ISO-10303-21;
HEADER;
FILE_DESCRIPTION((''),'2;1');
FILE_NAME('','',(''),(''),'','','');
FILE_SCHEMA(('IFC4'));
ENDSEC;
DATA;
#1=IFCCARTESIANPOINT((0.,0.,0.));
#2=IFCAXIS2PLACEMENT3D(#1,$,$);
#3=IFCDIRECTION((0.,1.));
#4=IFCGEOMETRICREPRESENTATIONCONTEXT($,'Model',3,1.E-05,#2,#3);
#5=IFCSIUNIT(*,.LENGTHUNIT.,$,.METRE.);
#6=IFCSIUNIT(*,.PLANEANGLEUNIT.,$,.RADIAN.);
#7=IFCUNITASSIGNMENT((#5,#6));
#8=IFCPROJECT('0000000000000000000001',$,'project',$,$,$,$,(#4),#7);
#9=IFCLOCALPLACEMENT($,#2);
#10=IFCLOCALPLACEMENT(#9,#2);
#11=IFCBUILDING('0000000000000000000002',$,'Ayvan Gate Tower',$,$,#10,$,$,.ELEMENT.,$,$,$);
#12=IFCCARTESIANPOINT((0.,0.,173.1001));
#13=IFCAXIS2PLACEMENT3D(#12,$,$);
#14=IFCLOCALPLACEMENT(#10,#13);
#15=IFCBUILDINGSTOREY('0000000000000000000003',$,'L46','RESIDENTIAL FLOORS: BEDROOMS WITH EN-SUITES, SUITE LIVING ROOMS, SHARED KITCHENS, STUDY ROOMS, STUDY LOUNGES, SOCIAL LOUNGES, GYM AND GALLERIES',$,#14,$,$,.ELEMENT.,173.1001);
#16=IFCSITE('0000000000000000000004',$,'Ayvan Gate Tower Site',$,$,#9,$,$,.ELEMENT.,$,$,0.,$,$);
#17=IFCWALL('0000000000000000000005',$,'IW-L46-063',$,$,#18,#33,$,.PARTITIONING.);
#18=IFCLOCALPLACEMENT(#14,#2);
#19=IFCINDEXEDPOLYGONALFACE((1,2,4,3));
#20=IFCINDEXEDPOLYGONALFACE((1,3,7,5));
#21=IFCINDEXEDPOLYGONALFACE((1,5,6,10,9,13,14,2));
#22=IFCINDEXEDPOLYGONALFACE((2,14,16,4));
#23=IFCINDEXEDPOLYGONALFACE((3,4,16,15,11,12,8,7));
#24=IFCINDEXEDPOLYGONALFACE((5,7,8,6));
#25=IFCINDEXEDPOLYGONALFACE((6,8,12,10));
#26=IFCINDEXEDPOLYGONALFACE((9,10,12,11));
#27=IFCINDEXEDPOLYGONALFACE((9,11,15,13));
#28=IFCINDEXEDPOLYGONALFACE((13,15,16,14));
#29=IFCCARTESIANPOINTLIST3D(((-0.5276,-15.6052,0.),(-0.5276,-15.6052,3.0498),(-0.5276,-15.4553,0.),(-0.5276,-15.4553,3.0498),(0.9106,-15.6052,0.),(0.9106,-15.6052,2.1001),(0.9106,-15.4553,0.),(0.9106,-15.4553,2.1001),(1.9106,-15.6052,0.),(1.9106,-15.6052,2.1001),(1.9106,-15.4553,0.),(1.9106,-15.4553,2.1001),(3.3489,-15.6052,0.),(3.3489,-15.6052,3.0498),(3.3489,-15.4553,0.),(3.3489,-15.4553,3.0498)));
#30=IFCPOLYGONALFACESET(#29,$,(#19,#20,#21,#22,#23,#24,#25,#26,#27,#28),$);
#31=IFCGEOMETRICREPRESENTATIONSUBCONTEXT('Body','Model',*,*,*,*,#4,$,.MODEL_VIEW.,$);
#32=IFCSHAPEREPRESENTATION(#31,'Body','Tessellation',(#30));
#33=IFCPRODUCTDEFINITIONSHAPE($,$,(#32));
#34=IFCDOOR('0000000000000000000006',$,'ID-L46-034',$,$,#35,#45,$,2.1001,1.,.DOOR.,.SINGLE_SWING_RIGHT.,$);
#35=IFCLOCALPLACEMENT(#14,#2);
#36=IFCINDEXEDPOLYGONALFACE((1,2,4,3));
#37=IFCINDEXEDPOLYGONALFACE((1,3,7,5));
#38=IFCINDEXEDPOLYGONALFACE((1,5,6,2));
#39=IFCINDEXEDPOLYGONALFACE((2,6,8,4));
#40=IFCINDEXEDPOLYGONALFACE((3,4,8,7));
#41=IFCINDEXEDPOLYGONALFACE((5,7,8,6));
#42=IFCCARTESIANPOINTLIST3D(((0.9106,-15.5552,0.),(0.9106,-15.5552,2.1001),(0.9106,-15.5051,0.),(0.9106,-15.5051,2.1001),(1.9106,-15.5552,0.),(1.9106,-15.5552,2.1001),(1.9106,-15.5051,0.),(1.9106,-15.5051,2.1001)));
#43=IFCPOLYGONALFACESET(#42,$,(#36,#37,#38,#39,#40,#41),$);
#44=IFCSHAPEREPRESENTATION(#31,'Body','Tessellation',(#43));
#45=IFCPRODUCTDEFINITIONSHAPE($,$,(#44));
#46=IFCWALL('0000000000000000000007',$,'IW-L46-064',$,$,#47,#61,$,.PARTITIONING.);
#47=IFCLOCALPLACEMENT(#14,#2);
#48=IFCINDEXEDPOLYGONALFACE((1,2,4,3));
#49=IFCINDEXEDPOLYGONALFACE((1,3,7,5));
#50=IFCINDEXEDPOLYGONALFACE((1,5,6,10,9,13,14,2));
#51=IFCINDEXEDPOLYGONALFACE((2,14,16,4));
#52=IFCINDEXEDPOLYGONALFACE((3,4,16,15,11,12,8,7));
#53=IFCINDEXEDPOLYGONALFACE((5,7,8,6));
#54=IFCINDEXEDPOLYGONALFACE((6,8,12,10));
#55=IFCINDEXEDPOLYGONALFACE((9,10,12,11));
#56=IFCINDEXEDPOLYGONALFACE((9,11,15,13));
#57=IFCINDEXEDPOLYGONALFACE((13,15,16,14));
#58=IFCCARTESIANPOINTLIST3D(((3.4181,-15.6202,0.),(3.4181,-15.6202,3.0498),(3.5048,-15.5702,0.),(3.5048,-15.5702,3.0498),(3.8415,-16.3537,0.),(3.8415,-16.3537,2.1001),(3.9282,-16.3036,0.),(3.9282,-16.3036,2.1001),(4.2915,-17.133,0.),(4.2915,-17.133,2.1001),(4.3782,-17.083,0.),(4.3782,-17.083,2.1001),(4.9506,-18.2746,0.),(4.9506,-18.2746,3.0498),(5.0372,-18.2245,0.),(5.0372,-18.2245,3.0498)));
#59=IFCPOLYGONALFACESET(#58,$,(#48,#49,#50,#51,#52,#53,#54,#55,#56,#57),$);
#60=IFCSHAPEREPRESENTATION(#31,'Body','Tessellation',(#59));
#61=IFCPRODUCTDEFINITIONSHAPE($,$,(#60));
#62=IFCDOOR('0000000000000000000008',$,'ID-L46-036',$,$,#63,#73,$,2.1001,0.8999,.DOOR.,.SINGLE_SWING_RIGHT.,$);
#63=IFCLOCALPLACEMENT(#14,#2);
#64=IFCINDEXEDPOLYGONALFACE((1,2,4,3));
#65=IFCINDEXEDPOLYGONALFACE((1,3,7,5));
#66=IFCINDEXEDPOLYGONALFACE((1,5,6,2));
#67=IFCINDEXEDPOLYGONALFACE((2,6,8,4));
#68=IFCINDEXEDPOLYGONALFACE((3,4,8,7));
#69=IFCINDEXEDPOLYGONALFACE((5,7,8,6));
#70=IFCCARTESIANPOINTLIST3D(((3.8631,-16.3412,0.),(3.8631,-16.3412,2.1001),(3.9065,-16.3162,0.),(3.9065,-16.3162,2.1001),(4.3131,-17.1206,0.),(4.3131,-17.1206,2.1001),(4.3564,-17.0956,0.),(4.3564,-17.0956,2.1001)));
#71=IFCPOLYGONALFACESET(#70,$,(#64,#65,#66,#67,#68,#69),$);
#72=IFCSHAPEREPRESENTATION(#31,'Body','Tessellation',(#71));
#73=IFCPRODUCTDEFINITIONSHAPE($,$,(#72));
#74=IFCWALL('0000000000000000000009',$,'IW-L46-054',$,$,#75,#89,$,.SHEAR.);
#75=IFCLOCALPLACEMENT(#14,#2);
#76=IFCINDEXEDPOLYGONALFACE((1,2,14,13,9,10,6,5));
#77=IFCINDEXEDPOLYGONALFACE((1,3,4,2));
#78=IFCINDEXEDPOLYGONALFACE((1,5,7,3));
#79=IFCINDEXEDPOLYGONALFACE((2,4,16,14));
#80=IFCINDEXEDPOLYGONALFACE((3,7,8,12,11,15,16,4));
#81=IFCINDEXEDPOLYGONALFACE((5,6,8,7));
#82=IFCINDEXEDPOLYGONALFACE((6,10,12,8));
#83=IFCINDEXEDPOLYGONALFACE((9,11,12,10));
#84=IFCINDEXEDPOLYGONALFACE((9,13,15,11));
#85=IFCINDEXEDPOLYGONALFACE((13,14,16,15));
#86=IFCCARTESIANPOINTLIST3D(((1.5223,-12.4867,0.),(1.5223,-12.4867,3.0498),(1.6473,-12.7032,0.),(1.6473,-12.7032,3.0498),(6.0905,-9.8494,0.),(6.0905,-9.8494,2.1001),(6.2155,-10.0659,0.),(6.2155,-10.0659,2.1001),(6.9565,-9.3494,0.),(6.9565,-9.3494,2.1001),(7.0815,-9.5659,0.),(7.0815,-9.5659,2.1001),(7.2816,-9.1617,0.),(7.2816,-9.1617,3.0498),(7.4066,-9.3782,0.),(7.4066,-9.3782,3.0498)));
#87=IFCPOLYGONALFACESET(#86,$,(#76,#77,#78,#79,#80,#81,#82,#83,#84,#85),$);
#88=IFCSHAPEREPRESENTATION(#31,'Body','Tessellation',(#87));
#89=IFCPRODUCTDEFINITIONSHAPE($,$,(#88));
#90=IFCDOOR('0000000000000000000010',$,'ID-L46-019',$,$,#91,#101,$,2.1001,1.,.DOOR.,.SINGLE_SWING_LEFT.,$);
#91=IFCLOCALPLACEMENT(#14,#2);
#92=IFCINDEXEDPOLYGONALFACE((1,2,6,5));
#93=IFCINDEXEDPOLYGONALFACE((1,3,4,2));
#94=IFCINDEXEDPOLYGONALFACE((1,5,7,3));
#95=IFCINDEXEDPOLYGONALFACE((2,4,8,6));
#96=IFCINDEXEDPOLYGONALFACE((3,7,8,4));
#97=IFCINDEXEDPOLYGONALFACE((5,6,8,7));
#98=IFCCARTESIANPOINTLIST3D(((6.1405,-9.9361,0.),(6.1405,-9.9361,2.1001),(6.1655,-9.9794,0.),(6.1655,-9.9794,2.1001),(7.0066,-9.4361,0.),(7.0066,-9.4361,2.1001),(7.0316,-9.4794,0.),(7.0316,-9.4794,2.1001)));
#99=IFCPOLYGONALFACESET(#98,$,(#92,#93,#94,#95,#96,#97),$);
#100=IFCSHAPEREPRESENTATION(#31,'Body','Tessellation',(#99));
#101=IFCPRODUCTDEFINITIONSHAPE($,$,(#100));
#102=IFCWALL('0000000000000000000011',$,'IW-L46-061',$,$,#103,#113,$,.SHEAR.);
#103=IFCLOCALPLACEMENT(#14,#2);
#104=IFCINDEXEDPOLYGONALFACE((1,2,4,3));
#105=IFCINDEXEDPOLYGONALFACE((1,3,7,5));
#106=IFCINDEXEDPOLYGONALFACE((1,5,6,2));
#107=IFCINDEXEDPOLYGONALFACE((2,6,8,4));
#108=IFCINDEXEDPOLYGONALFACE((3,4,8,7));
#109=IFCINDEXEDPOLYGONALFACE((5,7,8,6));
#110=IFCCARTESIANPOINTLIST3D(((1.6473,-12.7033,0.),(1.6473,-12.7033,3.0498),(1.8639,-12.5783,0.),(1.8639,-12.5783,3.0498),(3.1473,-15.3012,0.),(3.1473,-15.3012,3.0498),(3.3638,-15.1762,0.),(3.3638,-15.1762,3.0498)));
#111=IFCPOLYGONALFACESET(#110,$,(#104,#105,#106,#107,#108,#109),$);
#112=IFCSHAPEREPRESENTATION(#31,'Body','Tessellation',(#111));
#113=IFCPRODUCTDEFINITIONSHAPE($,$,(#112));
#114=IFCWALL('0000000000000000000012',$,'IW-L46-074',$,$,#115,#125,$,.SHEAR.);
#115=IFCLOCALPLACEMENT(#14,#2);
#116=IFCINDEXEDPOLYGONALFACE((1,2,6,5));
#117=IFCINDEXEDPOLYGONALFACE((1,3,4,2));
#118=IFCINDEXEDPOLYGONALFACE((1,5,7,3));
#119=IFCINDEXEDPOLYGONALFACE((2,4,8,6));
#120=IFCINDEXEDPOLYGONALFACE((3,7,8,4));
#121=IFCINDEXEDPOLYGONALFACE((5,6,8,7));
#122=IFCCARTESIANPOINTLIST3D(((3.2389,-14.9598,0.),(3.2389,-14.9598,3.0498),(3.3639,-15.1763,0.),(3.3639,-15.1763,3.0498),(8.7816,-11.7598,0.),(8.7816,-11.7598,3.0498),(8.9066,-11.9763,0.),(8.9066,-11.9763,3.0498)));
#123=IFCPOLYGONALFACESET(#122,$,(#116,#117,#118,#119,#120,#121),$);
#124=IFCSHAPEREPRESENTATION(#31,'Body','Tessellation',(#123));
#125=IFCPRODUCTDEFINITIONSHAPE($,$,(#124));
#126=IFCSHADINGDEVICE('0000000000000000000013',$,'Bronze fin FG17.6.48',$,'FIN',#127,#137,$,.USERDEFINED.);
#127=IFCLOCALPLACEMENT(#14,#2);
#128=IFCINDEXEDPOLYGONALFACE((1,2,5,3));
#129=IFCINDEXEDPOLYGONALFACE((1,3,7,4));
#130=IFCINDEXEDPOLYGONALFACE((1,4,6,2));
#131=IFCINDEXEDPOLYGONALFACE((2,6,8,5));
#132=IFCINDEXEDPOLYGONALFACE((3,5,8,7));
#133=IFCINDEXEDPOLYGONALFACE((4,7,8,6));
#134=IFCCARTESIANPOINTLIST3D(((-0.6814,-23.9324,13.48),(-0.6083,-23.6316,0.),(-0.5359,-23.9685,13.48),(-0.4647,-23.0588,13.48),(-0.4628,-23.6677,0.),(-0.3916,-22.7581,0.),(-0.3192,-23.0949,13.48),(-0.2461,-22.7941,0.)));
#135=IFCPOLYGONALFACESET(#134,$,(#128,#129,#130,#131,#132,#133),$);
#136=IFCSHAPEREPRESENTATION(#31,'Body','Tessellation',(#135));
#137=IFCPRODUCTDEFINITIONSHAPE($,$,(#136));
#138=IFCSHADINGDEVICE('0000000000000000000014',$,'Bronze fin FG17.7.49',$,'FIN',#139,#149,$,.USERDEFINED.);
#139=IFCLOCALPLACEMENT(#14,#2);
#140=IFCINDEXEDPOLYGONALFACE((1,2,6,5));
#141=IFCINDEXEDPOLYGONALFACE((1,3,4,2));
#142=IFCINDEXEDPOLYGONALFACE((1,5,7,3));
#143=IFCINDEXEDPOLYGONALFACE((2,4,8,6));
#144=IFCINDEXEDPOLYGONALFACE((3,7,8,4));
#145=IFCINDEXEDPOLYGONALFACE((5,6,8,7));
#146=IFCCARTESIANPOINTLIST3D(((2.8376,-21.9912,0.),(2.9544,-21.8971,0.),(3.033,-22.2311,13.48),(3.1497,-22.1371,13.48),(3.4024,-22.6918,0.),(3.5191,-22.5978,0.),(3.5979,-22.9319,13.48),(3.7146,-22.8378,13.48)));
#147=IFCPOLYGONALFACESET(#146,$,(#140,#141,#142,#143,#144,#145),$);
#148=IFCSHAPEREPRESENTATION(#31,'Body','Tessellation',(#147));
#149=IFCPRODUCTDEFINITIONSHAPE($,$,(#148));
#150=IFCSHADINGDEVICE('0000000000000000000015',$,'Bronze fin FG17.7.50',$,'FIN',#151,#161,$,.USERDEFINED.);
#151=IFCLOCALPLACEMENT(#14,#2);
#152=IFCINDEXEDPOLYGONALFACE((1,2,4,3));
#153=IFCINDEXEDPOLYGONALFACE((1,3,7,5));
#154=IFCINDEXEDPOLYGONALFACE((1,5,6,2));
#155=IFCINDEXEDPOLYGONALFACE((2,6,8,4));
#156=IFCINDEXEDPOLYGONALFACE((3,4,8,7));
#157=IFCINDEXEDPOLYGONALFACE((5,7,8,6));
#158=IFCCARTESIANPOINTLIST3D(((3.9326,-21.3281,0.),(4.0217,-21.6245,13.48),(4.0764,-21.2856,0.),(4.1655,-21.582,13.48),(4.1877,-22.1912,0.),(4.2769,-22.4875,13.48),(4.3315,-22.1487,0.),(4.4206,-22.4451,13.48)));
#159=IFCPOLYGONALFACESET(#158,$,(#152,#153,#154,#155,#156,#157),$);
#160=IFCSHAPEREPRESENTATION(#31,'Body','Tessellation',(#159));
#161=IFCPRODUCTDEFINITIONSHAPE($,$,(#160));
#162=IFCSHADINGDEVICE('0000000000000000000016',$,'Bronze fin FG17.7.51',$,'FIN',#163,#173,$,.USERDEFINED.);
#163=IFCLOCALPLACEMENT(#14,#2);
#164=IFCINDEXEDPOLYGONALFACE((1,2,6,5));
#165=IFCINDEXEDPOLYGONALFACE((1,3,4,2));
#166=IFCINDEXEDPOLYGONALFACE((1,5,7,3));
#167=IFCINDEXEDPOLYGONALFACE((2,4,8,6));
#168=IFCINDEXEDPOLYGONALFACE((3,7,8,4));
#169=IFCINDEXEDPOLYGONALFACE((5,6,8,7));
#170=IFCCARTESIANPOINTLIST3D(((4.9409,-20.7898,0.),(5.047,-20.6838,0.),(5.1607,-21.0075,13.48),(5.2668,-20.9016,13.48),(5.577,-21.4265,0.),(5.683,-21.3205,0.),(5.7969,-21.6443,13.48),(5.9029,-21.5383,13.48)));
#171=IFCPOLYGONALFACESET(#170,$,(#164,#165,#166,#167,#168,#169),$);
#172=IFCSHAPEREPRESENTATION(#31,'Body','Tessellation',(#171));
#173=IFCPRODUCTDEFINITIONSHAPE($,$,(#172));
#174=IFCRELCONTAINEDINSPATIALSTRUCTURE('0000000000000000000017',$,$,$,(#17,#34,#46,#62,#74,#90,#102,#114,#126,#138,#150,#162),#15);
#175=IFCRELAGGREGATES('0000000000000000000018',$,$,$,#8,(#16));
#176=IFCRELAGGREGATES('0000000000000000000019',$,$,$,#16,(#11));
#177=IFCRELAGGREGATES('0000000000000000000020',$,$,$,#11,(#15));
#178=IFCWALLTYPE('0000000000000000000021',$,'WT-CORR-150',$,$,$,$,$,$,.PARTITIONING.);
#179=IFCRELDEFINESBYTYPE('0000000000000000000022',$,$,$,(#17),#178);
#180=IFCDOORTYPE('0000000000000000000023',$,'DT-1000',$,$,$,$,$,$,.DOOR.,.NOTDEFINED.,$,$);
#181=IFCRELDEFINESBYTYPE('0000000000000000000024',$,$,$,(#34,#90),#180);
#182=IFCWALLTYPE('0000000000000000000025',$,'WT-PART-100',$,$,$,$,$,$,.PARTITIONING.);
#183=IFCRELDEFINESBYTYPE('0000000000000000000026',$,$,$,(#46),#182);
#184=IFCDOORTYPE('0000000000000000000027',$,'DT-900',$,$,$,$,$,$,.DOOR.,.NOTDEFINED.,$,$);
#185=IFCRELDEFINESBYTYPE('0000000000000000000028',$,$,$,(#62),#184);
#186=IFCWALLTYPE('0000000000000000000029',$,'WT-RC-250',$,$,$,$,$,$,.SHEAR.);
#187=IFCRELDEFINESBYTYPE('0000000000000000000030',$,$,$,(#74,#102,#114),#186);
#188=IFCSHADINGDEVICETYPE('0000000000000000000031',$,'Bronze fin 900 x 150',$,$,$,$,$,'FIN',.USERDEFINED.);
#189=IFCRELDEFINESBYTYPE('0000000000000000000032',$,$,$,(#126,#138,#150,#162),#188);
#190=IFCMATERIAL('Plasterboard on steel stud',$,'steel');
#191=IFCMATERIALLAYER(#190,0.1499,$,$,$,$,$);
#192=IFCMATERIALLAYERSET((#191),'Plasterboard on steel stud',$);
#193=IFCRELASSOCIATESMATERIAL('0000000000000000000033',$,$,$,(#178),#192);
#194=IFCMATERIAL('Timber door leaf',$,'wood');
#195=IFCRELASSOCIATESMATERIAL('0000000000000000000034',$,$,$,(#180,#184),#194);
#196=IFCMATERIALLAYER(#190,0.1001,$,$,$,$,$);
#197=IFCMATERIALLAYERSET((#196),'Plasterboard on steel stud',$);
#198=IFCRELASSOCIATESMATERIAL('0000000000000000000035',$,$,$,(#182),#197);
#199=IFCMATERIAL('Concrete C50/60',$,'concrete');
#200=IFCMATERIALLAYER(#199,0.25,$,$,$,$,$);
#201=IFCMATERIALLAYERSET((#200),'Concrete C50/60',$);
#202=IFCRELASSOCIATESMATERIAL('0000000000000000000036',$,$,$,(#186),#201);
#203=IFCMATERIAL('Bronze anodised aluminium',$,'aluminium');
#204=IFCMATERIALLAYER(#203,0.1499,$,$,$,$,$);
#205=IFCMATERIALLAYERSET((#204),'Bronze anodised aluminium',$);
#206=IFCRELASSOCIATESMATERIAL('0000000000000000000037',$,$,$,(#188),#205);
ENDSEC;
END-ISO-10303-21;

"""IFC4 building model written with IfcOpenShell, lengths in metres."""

from ifc_helpers import new_model, si_unit, direction, frame, frame_2d, origin, place, context, subcontext, project, spatial, polyline, rectangle, outline, extrude, material, layer, layer_set, type_object, element, fill, save


model = new_model("IFC4")

# Units and contexts
model_context = context("Model", 3, precision=1e-05, world=origin(), true_north=direction((0.0, 1.0)))
body_context = subcontext(model_context, "Body", "Model", "MODEL_VIEW")
ifc_project = project(units=[si_unit("LENGTHUNIT", "METRE"), si_unit("PLANEANGLEUNIT", "RADIAN")], contexts=[model_context])

# Site, building, storey
site_placement = place(None, origin())
site = spatial("IfcSite", under=ifc_project, at=site_placement, Name="Ayvan Gate Tower Site", CompositionType="ELEMENT", RefElevation=0.0)
building_placement = place(site_placement, origin())
building = spatial("IfcBuilding", under=site, at=building_placement, Name="Ayvan Gate Tower", CompositionType="ELEMENT")
storey_placement = place(building_placement, frame((0.0, 0.0, 173.1001)))
storey = spatial("IfcBuildingStorey", under=building, at=storey_placement, Name="L46", Description="RESIDENTIAL FLOORS: BEDROOMS WITH EN-SUITES, SUITE LIVING ROOMS, SHARED KITCHENS, STUDY ROOMS, STUDY LOUNGES, SOCIAL LOUNGES, GYM AND GALLERIES", CompositionType="ELEMENT", Elevation=173.1001)

# Shared definitions
ifc_material_1 = material(Name="Bronze anodised aluminium", Category="aluminium")

# Shared definitions
ifc_material_2 = material(Name="Plasterboard on steel stud", Category="steel")
ifc_layer_1 = layer(ifc_material_2, 0.1499)
ifc_layer_set_1 = layer_set([ifc_layer_1], Name="Plasterboard on steel stud")
wall_type_1 = type_object("IfcWallType", Name="WT-CORR-150", PredefinedType="PARTITIONING", material=ifc_layer_set_1)

# Walls, openings, doors
wall_1_placement = place(storey_placement, frame((3.3489, -15.5303, 0.0), z_axis=(0.0, 0.0, 1.0), x_axis=(-1.0, 0.0, 0.0)))
wall_1 = element("IfcWall", 1, at=wall_1_placement, inside=storey, type_object=wall_type_1, Name="IW-L46-063", PredefinedType="PARTITIONING", context=body_context, shape_type="SweptSolid", body=[
    extrude(rectangle(XDim=3.8765, YDim=0.1499, at=frame_2d((1.9382, 0.0))), origin(), (0.0, 0.0, 1.0), 3.0498),
])
opening_1_placement = place(wall_1_placement, frame((1.4382, 0.0, 0.0)))
opening_1 = element("IfcOpeningElement", 2, at=opening_1_placement, cuts=wall_1, PredefinedType="OPENING", context=body_context, shape_type="SweptSolid", body=[
    extrude(rectangle(XDim=1.0, YDim=2.1001, at=frame_2d((0.5, 1.05))), frame((0.0, 0.085, 0.0), z_axis=(0.0, -1.0, 0.0), x_axis=(1.0, 0.0, 0.0)), (0.0, 0.0, 1.0), 0.1699),
])
ifc_material_3 = material(Name="Timber door leaf", Category="wood")
door_type_1 = type_object("IfcDoorType", Name="DT-1000", OperationType="NOTDEFINED", PredefinedType="DOOR", material=ifc_material_3)
door_1_placement = place(opening_1_placement, origin())
door_1 = element("IfcDoor", 3, at=door_1_placement, inside=storey, type_object=door_type_1, Name="ID-L46-034", OperationType="SINGLE_SWING_RIGHT", OverallHeight=2.1001, OverallWidth=1.0, PredefinedType="DOOR", context=body_context, shape_type="SweptSolid", body=[
    extrude(rectangle(XDim=1.0, YDim=2.1001, at=frame_2d((0.5, 1.05))), frame((0.0, 0.0249, 0.0), z_axis=(0.0, -1.0, 0.0), x_axis=(1.0, 0.0, 0.0)), (0.0, 0.0, 1.0), 0.05),
])
fill(opening_1, door_1)
ifc_layer_2 = layer(ifc_material_2, 0.1001)
ifc_layer_set_2 = layer_set([ifc_layer_2], Name="Plasterboard on steel stud")
wall_type_2 = type_object("IfcWallType", Name="WT-PART-100", PredefinedType="PARTITIONING", material=ifc_layer_set_2)
wall_2_placement = place(storey_placement, frame((3.4614, -15.5952, 0.0), z_axis=(0.0, 0.0, 1.0), x_axis=(0.500003, -0.866024, 0.0)))
wall_2 = element("IfcWall", 4, at=wall_2_placement, inside=storey, type_object=wall_type_2, Name="IW-L46-064", PredefinedType="PARTITIONING", context=body_context, shape_type="SweptSolid", body=[
    extrude(rectangle(XDim=3.0649, YDim=0.1001, at=frame_2d((1.5325, 0.0))), origin(), (0.0, 0.0, 1.0), 3.0498),
])
opening_2_placement = place(wall_2_placement, frame((0.8469, 0.0, 0.0)))
opening_2 = element("IfcOpeningElement", 5, at=opening_2_placement, cuts=wall_2, PredefinedType="OPENING", context=body_context, shape_type="SweptSolid", body=[
    extrude(rectangle(XDim=0.8999, YDim=2.1001, at=frame_2d((0.45, 1.05))), frame((0.0, 0.0601, 0.0), z_axis=(0.0, -1.0, 0.0), x_axis=(1.0, 0.0, 0.0)), (0.0, 0.0, 1.0), 0.1201),
])
door_type_2 = type_object("IfcDoorType", Name="DT-900", OperationType="NOTDEFINED", PredefinedType="DOOR", material=ifc_material_3)
door_2_placement = place(opening_2_placement, origin())
door_2 = element("IfcDoor", 6, at=door_2_placement, inside=storey, type_object=door_type_2, Name="ID-L46-036", OperationType="SINGLE_SWING_RIGHT", OverallHeight=2.1001, OverallWidth=0.8999, PredefinedType="DOOR", context=body_context, shape_type="SweptSolid", body=[
    extrude(rectangle(XDim=0.8999, YDim=2.1001, at=frame_2d((0.45, 1.05))), frame((0.0, 0.0249, 0.0), z_axis=(0.0, -1.0, 0.0), x_axis=(1.0, 0.0, 0.0)), (0.0, 0.0, 1.0), 0.05),
])
fill(opening_2, door_2)
ifc_material_4 = material(Name="Concrete C50/60", Category="concrete")
ifc_layer_3 = layer(ifc_material_4, 0.25)
ifc_layer_set_3 = layer_set([ifc_layer_3], Name="Concrete C50/60")
wall_type_3 = type_object("IfcWallType", Name="WT-RC-250", PredefinedType="SHEAR", material=ifc_layer_set_3)
wall_3_placement = place(storey_placement, frame((1.5847, -12.595, 0.0), z_axis=(0.0, 0.0, 1.0), x_axis=(0.866036, 0.499981, 0.0)))
wall_3 = element("IfcWall", 7, at=wall_3_placement, inside=storey, type_object=wall_type_3, Name="IW-L46-054", PredefinedType="SHEAR", context=body_context, shape_type="SweptSolid", body=[
    extrude(rectangle(XDim=6.6501, YDim=0.25, at=frame_2d((3.3252, 0.0))), origin(), (0.0, 0.0, 1.0), 3.0498),
])
opening_3_placement = place(wall_3_placement, frame((5.2749, 0.0, 0.0)))
opening_3 = element("IfcOpeningElement", 8, at=opening_3_placement, cuts=wall_3, PredefinedType="OPENING", context=body_context, shape_type="SweptSolid", body=[
    extrude(rectangle(XDim=1.0, YDim=2.1001, at=frame_2d((0.5, 1.05))), frame((0.0, 0.135, 0.0), z_axis=(0.0, -1.0, 0.0), x_axis=(1.0, 0.0, 0.0)), (0.0, 0.0, 1.0), 0.27),
])
door_3_placement = place(opening_3_placement, origin())
door_3 = element("IfcDoor", 9, at=door_3_placement, inside=storey, type_object=door_type_1, Name="ID-L46-019", OperationType="SINGLE_SWING_LEFT", OverallHeight=2.1001, OverallWidth=1.0, PredefinedType="DOOR", context=body_context, shape_type="SweptSolid", body=[
    extrude(rectangle(XDim=1.0, YDim=2.1001, at=frame_2d((0.5, 1.05))), frame((0.0, 0.0249, 0.0), z_axis=(0.0, -1.0, 0.0), x_axis=(1.0, 0.0, 0.0)), (0.0, 0.0, 1.0), 0.05),
])
fill(opening_3, door_3)

# Walls
wall_4_placement = place(storey_placement, frame((3.2556, -15.2388, 0.0), z_axis=(0.0, 0.0, 1.0), x_axis=(-0.500025, 0.866011, 0.0)))
element("IfcWall", 10, at=wall_4_placement, inside=storey, type_object=wall_type_3, Name="IW-L46-061", PredefinedType="SHEAR", context=body_context, shape_type="SweptSolid", body=[
    extrude(rectangle(XDim=2.9998, YDim=0.25, at=frame_2d((1.5, 0.0))), origin(), (0.0, 0.0, 1.0), 3.0498),
])
wall_5_placement = place(storey_placement, frame((3.3013, -15.0681, 0.0), z_axis=(0.0, 0.0, 1.0), x_axis=(0.866035, 0.499983, 0.0)))
element("IfcWall", 11, at=wall_5_placement, inside=storey, type_object=wall_type_3, Name="IW-L46-074", PredefinedType="SHEAR", context=body_context, shape_type="SweptSolid", body=[
    extrude(rectangle(XDim=6.4001, YDim=0.25, at=frame_2d((3.2002, 0.0))), origin(), (0.0, 0.0, 1.0), 3.0498),
])

# Shading devices
ifc_layer_4 = layer(ifc_material_1, 0.1499)
ifc_layer_set_4 = layer_set([ifc_layer_4], Name="Bronze anodised aluminium")
shading_device_type = type_object("IfcShadingDeviceType", Name="Bronze fin 900 x 150", ElementType="FIN", PredefinedType="USERDEFINED", material=ifc_layer_set_4)
shading_device_1_placement = place(storey_placement, frame((-0.3916, -22.7581, 0.0), z_axis=(-0.970588, 0.240748, 0.000107), x_axis=(-0.240748, -0.970588, 0.0)))
element("IfcShadingDevice", 12, at=shading_device_1_placement, inside=storey, type_object=shading_device_type, Name="Bronze fin FG17.6.48", ObjectType="FIN", PredefinedType="USERDEFINED", context=body_context, shape_type="SweptSolid", body=[
    extrude(outline(polyline([(0.0, 0.0), (0.9, 0.0), (1.2095, 13.48), (0.3095, 13.48), (0.0, 0.0)])), origin(), (0.0, 0.0, -1.0), 0.1499),
])
shading_device_2_placement = place(storey_placement, frame((2.8376, -21.9912, 0.0), z_axis=(-0.778548, -0.627585, 0.000114), x_axis=(0.627585, -0.778548, 0.0)))
element("IfcShadingDevice", 13, at=shading_device_2_placement, inside=storey, type_object=shading_device_type, Name="Bronze fin FG17.7.49", ObjectType="FIN", PredefinedType="USERDEFINED", context=body_context, shape_type="SweptSolid", body=[
    extrude(outline(polyline([(0.0, 0.0), (0.8999, 0.0), (1.2095, 13.48), (0.3094, 13.48), (0.0, 0.0)])), origin(), (0.0, 0.0, -1.0), 0.1499),
])
shading_device_3_placement = place(storey_placement, frame((3.9326, -21.3281, 0.0), z_axis=(-0.958976, -0.283488, 0.000106), x_axis=(0.283488, -0.958976, 0.0)))
element("IfcShadingDevice", 14, at=shading_device_3_placement, inside=storey, type_object=shading_device_type, Name="Bronze fin FG17.7.50", ObjectType="FIN", PredefinedType="USERDEFINED", context=body_context, shape_type="SweptSolid", body=[
    extrude(outline(polyline([(0.0, 0.0), (0.9, 0.0), (1.2094, 13.48), (0.3095, 13.48), (0.0, 0.0)])), origin(), (0.0, 0.0, -1.0), 0.1499),
])
shading_device_4_placement = place(storey_placement, frame((4.9409, -20.7898, 0.0), z_axis=(-0.707446, -0.706768, 0.00012), x_axis=(0.706768, -0.707446, 0.0)))
element("IfcShadingDevice", 15, at=shading_device_4_placement, inside=storey, type_object=shading_device_type, Name="Bronze fin FG17.7.51", ObjectType="FIN", PredefinedType="USERDEFINED", context=body_context, shape_type="SweptSolid", body=[
    extrude(outline(polyline([(0.0, 0.0), (0.8999, 0.0), (1.2095, 13.48), (0.3094, 13.48), (0.0, 0.0)])), origin(), (0.0, 0.0, -1.0), 0.1499),
])

save(model, "model.ifc")
